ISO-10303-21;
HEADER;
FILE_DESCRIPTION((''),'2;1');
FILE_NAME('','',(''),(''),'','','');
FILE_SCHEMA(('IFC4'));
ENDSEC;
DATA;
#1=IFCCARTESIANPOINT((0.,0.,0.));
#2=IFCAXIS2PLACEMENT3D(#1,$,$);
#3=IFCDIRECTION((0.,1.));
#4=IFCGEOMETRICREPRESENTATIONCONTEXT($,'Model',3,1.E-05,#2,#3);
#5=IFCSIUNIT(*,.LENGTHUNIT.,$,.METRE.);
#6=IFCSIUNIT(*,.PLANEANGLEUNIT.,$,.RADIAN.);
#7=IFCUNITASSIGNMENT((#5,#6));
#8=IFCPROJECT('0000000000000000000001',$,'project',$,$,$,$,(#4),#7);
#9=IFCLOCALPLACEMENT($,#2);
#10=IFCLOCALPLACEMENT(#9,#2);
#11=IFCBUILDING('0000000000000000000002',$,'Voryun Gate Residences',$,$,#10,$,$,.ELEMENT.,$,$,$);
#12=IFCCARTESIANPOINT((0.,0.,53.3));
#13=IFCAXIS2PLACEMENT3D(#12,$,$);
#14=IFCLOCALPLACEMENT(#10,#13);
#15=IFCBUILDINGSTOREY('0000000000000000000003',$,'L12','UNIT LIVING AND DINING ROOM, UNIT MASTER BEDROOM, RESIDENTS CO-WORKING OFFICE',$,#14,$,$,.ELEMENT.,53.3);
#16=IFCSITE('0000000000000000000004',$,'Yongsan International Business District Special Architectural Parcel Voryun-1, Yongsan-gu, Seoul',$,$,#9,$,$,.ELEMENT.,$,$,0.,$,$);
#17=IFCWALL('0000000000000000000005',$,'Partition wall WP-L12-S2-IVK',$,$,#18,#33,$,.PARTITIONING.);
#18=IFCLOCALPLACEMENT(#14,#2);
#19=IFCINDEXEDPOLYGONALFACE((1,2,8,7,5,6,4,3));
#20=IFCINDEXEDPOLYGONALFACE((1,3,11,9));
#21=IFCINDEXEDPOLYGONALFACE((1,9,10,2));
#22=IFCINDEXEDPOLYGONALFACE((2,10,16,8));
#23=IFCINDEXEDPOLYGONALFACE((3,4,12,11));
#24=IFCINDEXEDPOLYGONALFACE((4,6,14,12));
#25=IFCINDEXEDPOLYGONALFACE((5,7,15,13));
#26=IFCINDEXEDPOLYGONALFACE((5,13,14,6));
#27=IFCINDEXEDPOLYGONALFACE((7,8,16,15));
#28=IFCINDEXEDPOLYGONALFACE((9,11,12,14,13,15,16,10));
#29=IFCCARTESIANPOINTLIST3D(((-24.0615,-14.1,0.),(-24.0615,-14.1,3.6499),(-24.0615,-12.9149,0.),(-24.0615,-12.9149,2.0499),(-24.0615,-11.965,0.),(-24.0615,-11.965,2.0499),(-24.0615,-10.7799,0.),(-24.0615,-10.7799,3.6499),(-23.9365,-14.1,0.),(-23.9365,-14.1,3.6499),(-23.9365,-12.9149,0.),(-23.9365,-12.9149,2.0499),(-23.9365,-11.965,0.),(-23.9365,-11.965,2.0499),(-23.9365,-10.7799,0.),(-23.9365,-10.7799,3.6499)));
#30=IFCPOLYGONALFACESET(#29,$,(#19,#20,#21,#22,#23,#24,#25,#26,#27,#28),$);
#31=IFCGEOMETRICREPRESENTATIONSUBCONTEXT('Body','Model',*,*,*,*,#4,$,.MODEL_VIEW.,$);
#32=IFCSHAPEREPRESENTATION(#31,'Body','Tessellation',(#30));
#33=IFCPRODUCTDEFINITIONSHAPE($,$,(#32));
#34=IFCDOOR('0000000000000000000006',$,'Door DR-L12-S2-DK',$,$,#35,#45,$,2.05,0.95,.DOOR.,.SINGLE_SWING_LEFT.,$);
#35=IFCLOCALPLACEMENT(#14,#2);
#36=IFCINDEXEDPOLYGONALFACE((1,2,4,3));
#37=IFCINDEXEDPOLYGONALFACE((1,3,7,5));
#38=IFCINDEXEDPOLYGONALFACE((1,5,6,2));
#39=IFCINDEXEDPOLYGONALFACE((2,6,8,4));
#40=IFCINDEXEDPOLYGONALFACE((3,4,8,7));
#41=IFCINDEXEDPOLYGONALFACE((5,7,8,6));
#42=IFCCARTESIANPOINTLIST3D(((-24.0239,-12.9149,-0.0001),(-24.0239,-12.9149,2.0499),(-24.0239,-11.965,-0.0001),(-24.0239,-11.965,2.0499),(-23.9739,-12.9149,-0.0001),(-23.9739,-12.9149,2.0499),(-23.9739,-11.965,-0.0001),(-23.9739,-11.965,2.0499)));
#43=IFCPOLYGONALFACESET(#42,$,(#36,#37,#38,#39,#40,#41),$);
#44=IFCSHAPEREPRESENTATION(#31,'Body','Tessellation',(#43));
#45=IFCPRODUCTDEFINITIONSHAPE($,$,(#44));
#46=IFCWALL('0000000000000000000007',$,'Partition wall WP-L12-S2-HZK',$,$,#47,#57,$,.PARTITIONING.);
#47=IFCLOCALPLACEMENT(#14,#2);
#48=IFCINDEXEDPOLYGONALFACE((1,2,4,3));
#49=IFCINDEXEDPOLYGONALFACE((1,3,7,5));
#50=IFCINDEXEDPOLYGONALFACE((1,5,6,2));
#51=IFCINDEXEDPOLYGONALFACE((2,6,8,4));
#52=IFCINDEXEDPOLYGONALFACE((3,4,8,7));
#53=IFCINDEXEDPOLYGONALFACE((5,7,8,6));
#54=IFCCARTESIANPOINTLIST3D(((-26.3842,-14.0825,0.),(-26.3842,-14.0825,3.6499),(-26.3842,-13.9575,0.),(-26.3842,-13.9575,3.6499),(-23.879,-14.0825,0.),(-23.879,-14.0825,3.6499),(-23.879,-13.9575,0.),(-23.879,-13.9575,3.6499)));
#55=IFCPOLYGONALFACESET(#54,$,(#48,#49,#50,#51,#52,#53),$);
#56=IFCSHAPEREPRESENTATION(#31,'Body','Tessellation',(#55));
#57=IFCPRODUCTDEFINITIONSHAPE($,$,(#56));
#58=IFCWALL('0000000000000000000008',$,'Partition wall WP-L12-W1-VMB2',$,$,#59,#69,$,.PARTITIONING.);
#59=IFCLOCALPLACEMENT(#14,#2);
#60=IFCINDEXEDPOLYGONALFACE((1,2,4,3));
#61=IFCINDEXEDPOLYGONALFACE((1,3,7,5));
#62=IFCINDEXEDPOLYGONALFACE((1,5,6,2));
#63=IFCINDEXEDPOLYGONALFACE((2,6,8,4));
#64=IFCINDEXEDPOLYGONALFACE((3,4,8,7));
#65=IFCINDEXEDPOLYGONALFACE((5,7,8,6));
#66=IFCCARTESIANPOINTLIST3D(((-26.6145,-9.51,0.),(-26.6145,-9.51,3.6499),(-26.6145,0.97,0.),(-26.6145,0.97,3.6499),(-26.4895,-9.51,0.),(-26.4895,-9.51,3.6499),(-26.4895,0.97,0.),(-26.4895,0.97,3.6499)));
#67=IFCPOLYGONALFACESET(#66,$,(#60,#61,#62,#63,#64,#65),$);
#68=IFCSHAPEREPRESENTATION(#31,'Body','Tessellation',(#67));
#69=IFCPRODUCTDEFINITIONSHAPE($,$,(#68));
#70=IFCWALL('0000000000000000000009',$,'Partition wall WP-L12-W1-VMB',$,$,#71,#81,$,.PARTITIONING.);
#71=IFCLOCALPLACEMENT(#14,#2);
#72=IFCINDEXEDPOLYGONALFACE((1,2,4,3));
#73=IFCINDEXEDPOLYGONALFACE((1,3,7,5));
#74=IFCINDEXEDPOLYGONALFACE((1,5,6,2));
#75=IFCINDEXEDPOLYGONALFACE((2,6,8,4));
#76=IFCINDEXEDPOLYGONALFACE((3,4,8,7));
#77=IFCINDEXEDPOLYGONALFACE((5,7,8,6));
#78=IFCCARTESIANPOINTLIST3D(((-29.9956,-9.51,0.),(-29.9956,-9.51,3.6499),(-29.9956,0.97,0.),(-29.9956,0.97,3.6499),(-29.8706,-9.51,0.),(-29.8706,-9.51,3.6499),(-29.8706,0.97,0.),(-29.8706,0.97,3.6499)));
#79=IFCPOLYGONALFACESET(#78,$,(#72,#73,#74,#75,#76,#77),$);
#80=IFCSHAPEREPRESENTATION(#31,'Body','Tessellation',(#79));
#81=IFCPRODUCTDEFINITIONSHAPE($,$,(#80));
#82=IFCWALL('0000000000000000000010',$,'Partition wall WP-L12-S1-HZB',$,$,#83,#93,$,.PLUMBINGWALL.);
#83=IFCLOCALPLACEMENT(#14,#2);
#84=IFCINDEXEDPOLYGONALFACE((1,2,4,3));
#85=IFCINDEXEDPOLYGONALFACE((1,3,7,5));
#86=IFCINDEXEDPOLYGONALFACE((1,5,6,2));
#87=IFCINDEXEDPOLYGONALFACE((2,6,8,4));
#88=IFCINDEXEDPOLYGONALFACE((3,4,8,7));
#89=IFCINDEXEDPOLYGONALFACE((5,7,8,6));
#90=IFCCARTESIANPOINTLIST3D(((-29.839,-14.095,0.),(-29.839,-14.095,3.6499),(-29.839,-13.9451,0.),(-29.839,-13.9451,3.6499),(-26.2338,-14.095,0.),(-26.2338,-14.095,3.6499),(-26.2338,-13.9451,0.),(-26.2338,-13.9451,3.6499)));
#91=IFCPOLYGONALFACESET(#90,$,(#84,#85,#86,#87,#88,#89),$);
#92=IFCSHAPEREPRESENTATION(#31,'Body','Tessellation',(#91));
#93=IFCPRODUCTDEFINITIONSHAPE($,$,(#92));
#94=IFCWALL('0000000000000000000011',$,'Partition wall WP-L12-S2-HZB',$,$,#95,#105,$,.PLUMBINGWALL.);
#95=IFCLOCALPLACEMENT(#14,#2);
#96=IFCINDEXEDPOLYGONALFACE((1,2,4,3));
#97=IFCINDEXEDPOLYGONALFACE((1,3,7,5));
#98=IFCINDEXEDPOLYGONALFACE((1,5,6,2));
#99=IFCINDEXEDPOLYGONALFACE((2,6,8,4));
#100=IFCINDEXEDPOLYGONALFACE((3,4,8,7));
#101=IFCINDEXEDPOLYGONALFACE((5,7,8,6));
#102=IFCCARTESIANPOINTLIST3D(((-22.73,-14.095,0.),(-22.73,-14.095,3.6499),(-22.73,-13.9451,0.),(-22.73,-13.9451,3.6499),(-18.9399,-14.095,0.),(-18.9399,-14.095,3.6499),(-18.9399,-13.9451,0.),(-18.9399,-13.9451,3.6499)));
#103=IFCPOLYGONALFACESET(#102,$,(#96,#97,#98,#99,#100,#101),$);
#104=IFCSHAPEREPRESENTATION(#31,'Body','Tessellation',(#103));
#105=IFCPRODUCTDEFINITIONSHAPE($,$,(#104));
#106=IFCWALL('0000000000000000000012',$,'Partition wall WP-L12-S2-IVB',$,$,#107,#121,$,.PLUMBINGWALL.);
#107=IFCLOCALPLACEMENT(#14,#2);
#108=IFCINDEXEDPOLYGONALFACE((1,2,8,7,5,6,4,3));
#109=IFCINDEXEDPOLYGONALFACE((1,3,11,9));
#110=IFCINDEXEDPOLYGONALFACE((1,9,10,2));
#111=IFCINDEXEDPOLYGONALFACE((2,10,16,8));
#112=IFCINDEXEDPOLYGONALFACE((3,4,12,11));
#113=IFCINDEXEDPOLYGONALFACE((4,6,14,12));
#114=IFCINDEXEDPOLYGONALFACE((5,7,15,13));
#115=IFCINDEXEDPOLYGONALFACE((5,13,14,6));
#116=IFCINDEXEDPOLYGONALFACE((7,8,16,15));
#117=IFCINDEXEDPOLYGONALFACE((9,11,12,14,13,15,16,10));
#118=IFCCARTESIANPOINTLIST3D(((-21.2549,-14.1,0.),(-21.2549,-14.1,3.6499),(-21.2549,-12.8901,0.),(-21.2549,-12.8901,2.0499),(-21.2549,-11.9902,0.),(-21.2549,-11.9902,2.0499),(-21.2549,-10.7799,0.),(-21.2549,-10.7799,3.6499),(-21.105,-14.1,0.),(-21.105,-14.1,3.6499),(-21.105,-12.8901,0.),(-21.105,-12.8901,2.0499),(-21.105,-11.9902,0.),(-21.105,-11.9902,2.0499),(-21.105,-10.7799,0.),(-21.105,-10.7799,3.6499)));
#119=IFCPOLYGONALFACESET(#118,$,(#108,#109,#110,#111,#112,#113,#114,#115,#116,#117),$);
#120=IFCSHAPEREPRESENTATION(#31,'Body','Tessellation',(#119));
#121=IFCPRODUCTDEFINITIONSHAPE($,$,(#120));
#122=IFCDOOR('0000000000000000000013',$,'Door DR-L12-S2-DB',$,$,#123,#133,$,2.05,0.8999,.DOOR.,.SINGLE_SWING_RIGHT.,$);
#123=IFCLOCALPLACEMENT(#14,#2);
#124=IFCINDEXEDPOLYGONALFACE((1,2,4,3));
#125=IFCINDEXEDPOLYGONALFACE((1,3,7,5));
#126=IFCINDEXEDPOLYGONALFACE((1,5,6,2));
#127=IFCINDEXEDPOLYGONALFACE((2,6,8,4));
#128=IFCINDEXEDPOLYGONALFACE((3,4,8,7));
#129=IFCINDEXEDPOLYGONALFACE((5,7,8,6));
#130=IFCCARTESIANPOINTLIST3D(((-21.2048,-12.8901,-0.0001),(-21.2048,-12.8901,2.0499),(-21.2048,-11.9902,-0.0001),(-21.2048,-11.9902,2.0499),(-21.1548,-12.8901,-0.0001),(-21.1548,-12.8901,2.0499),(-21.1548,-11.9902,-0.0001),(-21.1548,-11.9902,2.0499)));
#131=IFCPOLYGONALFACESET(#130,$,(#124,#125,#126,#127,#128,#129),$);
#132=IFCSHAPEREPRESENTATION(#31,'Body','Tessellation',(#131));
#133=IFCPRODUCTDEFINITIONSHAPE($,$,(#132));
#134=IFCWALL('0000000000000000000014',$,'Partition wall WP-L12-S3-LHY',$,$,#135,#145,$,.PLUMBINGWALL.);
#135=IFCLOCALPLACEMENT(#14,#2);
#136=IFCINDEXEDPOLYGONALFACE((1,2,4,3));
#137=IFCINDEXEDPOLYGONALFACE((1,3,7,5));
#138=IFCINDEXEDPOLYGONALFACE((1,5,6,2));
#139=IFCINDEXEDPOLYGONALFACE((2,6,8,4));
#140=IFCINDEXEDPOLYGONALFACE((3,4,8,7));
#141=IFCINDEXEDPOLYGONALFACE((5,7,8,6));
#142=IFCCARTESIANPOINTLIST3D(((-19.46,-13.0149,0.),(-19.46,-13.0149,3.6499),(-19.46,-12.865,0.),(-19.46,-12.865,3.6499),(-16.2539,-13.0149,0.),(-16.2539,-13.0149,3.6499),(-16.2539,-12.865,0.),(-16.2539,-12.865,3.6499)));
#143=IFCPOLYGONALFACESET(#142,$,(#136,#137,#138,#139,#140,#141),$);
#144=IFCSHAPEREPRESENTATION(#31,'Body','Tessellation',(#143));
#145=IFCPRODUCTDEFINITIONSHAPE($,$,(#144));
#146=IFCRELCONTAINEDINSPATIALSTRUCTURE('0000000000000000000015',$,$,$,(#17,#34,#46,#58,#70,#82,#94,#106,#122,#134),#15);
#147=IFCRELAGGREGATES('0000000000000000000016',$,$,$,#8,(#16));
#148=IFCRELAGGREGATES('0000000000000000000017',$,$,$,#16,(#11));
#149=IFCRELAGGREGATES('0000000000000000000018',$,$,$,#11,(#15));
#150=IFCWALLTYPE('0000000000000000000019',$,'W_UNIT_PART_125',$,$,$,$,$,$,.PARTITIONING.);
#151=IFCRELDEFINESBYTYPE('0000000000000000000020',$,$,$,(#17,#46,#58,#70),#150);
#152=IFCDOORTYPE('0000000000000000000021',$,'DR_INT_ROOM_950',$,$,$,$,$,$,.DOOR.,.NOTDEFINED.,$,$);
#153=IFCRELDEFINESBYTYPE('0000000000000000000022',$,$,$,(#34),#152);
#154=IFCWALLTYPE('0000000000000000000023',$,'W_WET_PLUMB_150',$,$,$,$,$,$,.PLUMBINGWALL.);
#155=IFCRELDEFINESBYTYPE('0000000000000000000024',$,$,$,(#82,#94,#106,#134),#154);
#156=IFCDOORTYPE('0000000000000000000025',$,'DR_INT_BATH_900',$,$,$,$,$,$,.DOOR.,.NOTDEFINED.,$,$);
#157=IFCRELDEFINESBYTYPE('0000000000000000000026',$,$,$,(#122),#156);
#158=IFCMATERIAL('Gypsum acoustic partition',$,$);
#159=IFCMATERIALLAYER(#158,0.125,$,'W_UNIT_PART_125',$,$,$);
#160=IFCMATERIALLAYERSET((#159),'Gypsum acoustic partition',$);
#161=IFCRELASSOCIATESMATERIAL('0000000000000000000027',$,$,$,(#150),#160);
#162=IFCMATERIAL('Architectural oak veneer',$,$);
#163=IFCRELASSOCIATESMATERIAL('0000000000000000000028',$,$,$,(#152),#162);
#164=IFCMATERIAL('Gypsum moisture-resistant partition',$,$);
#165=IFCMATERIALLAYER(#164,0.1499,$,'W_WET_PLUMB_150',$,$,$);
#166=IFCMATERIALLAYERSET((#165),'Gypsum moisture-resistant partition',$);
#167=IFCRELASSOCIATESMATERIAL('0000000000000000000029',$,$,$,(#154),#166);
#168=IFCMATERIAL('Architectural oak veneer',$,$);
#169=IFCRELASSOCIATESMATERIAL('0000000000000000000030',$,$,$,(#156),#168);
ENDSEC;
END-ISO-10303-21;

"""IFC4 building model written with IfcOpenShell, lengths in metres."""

from ifc_helpers import new_model, si_unit, direction, frame, frame_2d, origin, place, context, subcontext, project, spatial, rectangle, extrude, material, layer, layer_set, type_object, element, fill, save


model = new_model("IFC4")

# Units and contexts
model_context = context("Model", 3, precision=1e-05, world=origin(), true_north=direction((0.0, 1.0)))
body_context = subcontext(model_context, "Body", "Model", "MODEL_VIEW")
ifc_project = project(units=[si_unit("LENGTHUNIT", "METRE"), si_unit("PLANEANGLEUNIT", "RADIAN")], contexts=[model_context])

# Site, building, storey
site_placement = place(None, origin())
site = spatial("IfcSite", under=ifc_project, at=site_placement, Name="Yongsan International Business District Special Architectural Parcel Voryun-1, Yongsan-gu, Seoul", CompositionType="ELEMENT", RefElevation=0.0)
building_placement = place(site_placement, origin())
building = spatial("IfcBuilding", under=site, at=building_placement, Name="Voryun Gate Residences", CompositionType="ELEMENT")
storey_placement = place(building_placement, frame((0.0, 0.0, 53.3)))
storey = spatial("IfcBuildingStorey", under=building, at=storey_placement, Name="L12", Description="UNIT LIVING AND DINING ROOM, UNIT MASTER BEDROOM, RESIDENTS CO-WORKING OFFICE", CompositionType="ELEMENT", Elevation=53.3)

# Shared definitions
ifc_material_1 = material(Name="Gypsum acoustic partition")
ifc_layer_1 = layer(ifc_material_1, 0.125, Name="W_UNIT_PART_125")
ifc_layer_set_1 = layer_set([ifc_layer_1], Name="Gypsum acoustic partition")
wall_type_1 = type_object("IfcWallType", Name="W_UNIT_PART_125", PredefinedType="PARTITIONING", material=ifc_layer_set_1)

# Wall, opening, door
wall_1_placement = place(storey_placement, frame((-23.999, -14.1001, 0.0), z_axis=(0.0, 0.0, 1.0), x_axis=(0.0, 1.0, 0.0)))
wall_1 = element("IfcWall", 1, at=wall_1_placement, inside=storey, type_object=wall_type_1, Name="Partition wall WP-L12-S2-IVK", PredefinedType="PARTITIONING", context=body_context, shape_type="SweptSolid", body=[
    extrude(rectangle(XDim=3.3201, YDim=0.125, at=frame_2d((1.6602, 0.0))), origin(), (0.0, 0.0, 1.0), 3.6499),
])
opening_1_placement = place(wall_1_placement, frame((1.1851, 0.0, 0.0)))
opening_1 = element("IfcOpeningElement", 2, at=opening_1_placement, cuts=wall_1, PredefinedType="OPENING", context=body_context, shape_type="SweptSolid", body=[
    extrude(rectangle(XDim=0.95, YDim=2.05, at=frame_2d((0.4751, 1.0249))), frame((0.0, 0.0725, 0.0), z_axis=(0.0, -1.0, 0.0), x_axis=(1.0, 0.0, 0.0)), (0.0, 0.0, 1.0), 0.145),
])
ifc_material_2 = material(Name="Architectural oak veneer")
door_type_1 = type_object("IfcDoorType", Name="DR_INT_ROOM_950", OperationType="NOTDEFINED", PredefinedType="DOOR", material=ifc_material_2)
door_1_placement = place(opening_1_placement, origin())
door_1 = element("IfcDoor", 3, at=door_1_placement, inside=storey, type_object=door_type_1, Name="Door DR-L12-S2-DK", OperationType="SINGLE_SWING_LEFT", OverallHeight=2.05, OverallWidth=0.95, PredefinedType="DOOR", context=body_context, shape_type="SweptSolid", body=[
    extrude(rectangle(XDim=0.95, YDim=2.05, at=frame_2d((0.4751, 1.0249))), frame((0.0, 0.0249, 0.0), z_axis=(0.0, -1.0, 0.0), x_axis=(1.0, 0.0, 0.0)), (0.0, 0.0, 1.0), 0.05),
])
fill(opening_1, door_1)

# Walls
wall_2_placement = place(storey_placement, frame((-26.384, -14.02, 0.0), z_axis=(0.0, 0.0, 1.0), x_axis=(1.0, 0.0, 0.0)))
element("IfcWall", 4, at=wall_2_placement, inside=storey, type_object=wall_type_1, Name="Partition wall WP-L12-S2-HZK", PredefinedType="PARTITIONING", context=body_context, shape_type="SweptSolid", body=[
    extrude(rectangle(XDim=2.5051, YDim=0.125, at=frame_2d((1.2524, 0.0))), origin(), (0.0, 0.0, 1.0), 3.6499),
])
for number, where, z_axis, x_axis, name in (
    (5, (-26.552, -9.51, 0.0), (0.0, 0.0, 1.0), (0.0, 1.0, 0.0), "Partition wall WP-L12-W1-VMB2"),
    (6, (-29.9331, -9.51, 0.0), (0.0, 0.0, 1.0), (0.0, 1.0, 0.0), "Partition wall WP-L12-W1-VMB"),
):
    element("IfcWall", number, at=place(storey_placement, frame(where, z_axis=z_axis, x_axis=x_axis)), inside=storey, type_object=wall_type_1, Name=name, PredefinedType="PARTITIONING", context=body_context, shape_type="SweptSolid", body=[
        extrude(rectangle(XDim=10.48, YDim=0.125, at=frame_2d((5.24, 0.0))), origin(), (0.0, 0.0, 1.0), 3.6499),
    ])
ifc_material_3 = material(Name="Gypsum moisture-resistant partition")
ifc_layer_2 = layer(ifc_material_3, 0.1499, Name="W_WET_PLUMB_150")
ifc_layer_set_2 = layer_set([ifc_layer_2], Name="Gypsum moisture-resistant partition")
wall_type_2 = type_object("IfcWallType", Name="W_WET_PLUMB_150", PredefinedType="PLUMBINGWALL", material=ifc_layer_set_2)
wall_3_placement = place(storey_placement, frame((-29.8391, -14.02, 0.0), z_axis=(0.0, 0.0, 1.0), x_axis=(1.0, 0.0, 0.0)))
element("IfcWall", 7, at=wall_3_placement, inside=storey, type_object=wall_type_2, Name="Partition wall WP-L12-S1-HZB", PredefinedType="PLUMBINGWALL", context=body_context, shape_type="SweptSolid", body=[
    extrude(rectangle(XDim=3.6052, YDim=0.1499, at=frame_2d((1.8027, 0.0))), origin(), (0.0, 0.0, 1.0), 3.6499),
])
wall_4_placement = place(storey_placement, frame((-22.73, -14.02, 0.0), z_axis=(0.0, 0.0, 1.0), x_axis=(1.0, 0.0, 0.0)))
element("IfcWall", 8, at=wall_4_placement, inside=storey, type_object=wall_type_2, Name="Partition wall WP-L12-S2-HZB", PredefinedType="PLUMBINGWALL", context=body_context, shape_type="SweptSolid", body=[
    extrude(rectangle(XDim=3.79, YDim=0.1499, at=frame_2d((1.895, 0.0))), origin(), (0.0, 0.0, 1.0), 3.6499),
])

# Wall, opening, door
wall_5_placement = place(storey_placement, frame((-21.1799, -14.1001, 0.0), z_axis=(0.0, 0.0, 1.0), x_axis=(0.0, 1.0, 0.0)))
wall_5 = element("IfcWall", 9, at=wall_5_placement, inside=storey, type_object=wall_type_2, Name="Partition wall WP-L12-S2-IVB", PredefinedType="PLUMBINGWALL", context=body_context, shape_type="SweptSolid", body=[
    extrude(rectangle(XDim=3.3201, YDim=0.1499, at=frame_2d((1.6602, 0.0))), origin(), (0.0, 0.0, 1.0), 3.6499),
])
opening_2_placement = place(wall_5_placement, frame((1.21, 0.0, 0.0)))
opening_2 = element("IfcOpeningElement", 10, at=opening_2_placement, cuts=wall_5, PredefinedType="OPENING", context=body_context, shape_type="SweptSolid", body=[
    extrude(rectangle(XDim=0.8999, YDim=2.05, at=frame_2d((0.45, 1.0249))), frame((0.0, 0.085, 0.0), z_axis=(0.0, -1.0, 0.0), x_axis=(1.0, 0.0, 0.0)), (0.0, 0.0, 1.0), 0.1699),
])
ifc_material_4 = material(Name="Architectural oak veneer")
door_type_2 = type_object("IfcDoorType", Name="DR_INT_BATH_900", OperationType="NOTDEFINED", PredefinedType="DOOR", material=ifc_material_4)
door_2_placement = place(opening_2_placement, origin())
door_2 = element("IfcDoor", 11, at=door_2_placement, inside=storey, type_object=door_type_2, Name="Door DR-L12-S2-DB", OperationType="SINGLE_SWING_RIGHT", OverallHeight=2.05, OverallWidth=0.8999, PredefinedType="DOOR", context=body_context, shape_type="SweptSolid", body=[
    extrude(rectangle(XDim=0.8999, YDim=2.05, at=frame_2d((0.45, 1.0249))), frame((0.0, 0.0249, 0.0), z_axis=(0.0, -1.0, 0.0), x_axis=(1.0, 0.0, 0.0)), (0.0, 0.0, 1.0), 0.05),
])
fill(opening_2, door_2)

# Wall
wall_6_placement = place(storey_placement, frame((-19.46, -12.9399, 0.0), z_axis=(0.0, 0.0, 1.0), x_axis=(1.0, 0.0, 0.0)))
element("IfcWall", 12, at=wall_6_placement, inside=storey, type_object=wall_type_2, Name="Partition wall WP-L12-S3-LHY", PredefinedType="PLUMBINGWALL", context=body_context, shape_type="SweptSolid", body=[
    extrude(rectangle(XDim=3.2061, YDim=0.1499, at=frame_2d((1.603, 0.0))), origin(), (0.0, 0.0, 1.0), 3.6499),
])

save(model, "model.ifc")
